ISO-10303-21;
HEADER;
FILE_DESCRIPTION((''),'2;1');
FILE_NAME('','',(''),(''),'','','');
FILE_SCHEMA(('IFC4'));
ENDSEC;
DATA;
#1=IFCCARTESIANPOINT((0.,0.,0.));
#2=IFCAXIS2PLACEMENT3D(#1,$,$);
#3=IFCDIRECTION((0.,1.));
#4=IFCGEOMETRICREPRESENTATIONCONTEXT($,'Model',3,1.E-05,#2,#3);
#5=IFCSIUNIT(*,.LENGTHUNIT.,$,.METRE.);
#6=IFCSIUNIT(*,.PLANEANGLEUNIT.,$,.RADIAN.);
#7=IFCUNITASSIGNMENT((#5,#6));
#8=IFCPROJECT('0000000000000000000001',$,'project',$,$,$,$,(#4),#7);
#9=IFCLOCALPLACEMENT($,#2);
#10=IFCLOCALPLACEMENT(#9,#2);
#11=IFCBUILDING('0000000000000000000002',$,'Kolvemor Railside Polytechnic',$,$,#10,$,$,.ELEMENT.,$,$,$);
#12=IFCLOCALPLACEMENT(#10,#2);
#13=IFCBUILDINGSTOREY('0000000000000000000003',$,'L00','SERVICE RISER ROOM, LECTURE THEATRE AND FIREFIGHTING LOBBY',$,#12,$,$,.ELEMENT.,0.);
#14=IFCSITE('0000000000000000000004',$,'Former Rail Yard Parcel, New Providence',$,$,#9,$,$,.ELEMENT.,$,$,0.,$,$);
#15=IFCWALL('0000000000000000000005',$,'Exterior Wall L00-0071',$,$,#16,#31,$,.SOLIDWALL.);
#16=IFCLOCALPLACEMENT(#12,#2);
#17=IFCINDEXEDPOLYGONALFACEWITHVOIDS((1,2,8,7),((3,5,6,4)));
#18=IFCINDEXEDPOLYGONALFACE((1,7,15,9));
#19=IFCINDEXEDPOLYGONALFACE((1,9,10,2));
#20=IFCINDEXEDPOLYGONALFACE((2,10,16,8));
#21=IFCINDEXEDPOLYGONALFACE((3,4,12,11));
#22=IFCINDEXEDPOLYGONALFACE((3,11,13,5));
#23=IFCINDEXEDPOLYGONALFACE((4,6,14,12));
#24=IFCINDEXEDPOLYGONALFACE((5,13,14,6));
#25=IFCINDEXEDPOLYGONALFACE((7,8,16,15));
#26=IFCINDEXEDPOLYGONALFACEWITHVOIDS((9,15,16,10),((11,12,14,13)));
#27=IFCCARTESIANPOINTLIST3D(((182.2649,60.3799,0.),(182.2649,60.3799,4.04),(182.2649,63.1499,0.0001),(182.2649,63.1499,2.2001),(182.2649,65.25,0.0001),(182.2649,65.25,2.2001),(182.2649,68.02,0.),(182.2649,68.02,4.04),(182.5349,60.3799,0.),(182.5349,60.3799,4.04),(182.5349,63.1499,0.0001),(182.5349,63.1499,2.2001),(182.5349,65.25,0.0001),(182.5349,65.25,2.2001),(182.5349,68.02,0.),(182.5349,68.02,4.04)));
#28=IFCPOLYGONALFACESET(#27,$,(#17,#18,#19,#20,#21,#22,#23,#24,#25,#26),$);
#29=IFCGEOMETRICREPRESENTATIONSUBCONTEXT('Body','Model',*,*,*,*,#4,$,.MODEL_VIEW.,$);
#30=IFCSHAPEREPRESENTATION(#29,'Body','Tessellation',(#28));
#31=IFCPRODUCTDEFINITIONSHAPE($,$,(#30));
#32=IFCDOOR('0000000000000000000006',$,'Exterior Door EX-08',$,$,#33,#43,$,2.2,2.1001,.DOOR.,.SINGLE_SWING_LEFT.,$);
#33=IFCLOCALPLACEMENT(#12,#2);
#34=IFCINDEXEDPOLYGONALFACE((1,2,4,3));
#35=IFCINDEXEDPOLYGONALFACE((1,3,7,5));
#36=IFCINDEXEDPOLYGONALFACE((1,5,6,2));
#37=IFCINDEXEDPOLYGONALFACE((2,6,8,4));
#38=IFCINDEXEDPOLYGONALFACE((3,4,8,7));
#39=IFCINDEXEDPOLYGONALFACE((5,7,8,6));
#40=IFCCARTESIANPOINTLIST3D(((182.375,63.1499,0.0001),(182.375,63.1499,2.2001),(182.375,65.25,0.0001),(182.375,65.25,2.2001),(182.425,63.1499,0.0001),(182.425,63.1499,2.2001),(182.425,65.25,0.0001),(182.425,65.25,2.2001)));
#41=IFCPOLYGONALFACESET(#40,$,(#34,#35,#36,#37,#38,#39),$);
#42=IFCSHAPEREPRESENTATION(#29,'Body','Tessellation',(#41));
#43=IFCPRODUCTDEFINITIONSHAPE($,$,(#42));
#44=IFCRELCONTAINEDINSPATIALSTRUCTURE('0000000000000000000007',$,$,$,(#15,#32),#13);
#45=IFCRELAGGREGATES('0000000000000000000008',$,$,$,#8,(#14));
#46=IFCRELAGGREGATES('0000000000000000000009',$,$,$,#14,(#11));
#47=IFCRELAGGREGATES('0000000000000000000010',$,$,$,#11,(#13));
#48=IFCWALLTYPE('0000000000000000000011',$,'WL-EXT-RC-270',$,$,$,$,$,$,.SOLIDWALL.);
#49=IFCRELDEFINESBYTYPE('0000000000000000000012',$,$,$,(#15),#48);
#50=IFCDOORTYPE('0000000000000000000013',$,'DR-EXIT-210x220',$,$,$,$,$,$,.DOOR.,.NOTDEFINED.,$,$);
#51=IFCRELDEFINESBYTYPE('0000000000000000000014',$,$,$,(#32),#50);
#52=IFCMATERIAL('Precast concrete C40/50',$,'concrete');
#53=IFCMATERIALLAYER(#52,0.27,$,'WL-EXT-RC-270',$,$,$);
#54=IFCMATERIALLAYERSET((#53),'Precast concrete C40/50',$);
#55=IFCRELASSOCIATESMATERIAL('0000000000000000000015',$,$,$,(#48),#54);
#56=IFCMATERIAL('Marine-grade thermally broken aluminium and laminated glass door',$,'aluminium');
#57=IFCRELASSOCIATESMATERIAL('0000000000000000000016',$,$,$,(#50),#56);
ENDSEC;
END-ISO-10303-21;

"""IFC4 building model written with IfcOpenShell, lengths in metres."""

from ifc_helpers import new_model, si_unit, direction, frame, frame_2d, origin, place, context, subcontext, project, spatial, rectangle, extrude, material, layer, layer_set, type_object, element, fill, save


model = new_model("IFC4")

# Units and contexts
model_context = context("Model", 3, precision=1e-05, world=origin(), true_north=direction((0.0, 1.0)))
body_context = subcontext(model_context, "Body", "Model", "MODEL_VIEW")
ifc_project = project(units=[si_unit("LENGTHUNIT", "METRE"), si_unit("PLANEANGLEUNIT", "RADIAN")], contexts=[model_context])

# Site, building, storey
site_placement = place(None, origin())
site = spatial("IfcSite", under=ifc_project, at=site_placement, Name="Former Rail Yard Parcel, New Providence", CompositionType="ELEMENT", RefElevation=0.0)
building_placement = place(site_placement, origin())
building = spatial("IfcBuilding", under=site, at=building_placement, Name="Kolvemor Railside Polytechnic", CompositionType="ELEMENT")
storey_placement = place(building_placement, origin())
storey = spatial("IfcBuildingStorey", under=building, at=storey_placement, Name="L00", Description="SERVICE RISER ROOM, LECTURE THEATRE AND FIREFIGHTING LOBBY", CompositionType="ELEMENT", Elevation=0.0)

# Wall, opening, door
ifc_material_1 = material(Name="Precast concrete C40/50", Category="concrete")
ifc_layer_1 = layer(ifc_material_1, 0.27, Name="WL-EXT-RC-270")
ifc_layer_set_1 = layer_set([ifc_layer_1], Name="Precast concrete C40/50")
wall_type = type_object("IfcWallType", Name="WL-EXT-RC-270", PredefinedType="SOLIDWALL", material=ifc_layer_set_1)
wall_placement = place(storey_placement, frame((182.3999, 60.3799, 0.0), z_axis=(0.0, 0.0, 1.0), x_axis=(0.0, 1.0, 0.0)))
wall = element("IfcWall", 1, at=wall_placement, inside=storey, type_object=wall_type, Name="Exterior Wall L00-0071", PredefinedType="SOLIDWALL", context=body_context, shape_type="SweptSolid", body=[
    extrude(rectangle(XDim=7.6401, YDim=0.27, at=frame_2d((3.8201, 0.0))), origin(), (0.0, 0.0, 1.0), 4.04),
])
opening_placement = place(wall_placement, frame((2.77, 0.0, 0.0)))
opening = element("IfcOpeningElement", 2, at=opening_placement, cuts=wall, PredefinedType="OPENING", context=body_context, shape_type="SweptSolid", body=[
    extrude(rectangle(XDim=2.1001, YDim=2.2, at=frame_2d((1.05, 1.1001))), frame((0.0, 0.145, 0.0), z_axis=(0.0, -1.0, 0.0), x_axis=(1.0, 0.0, 0.0)), (0.0, 0.0, 1.0), 0.29),
])
ifc_material_2 = material(Name="Marine-grade thermally broken aluminium and laminated glass door", Category="aluminium")
door_type = type_object("IfcDoorType", Name="DR-EXIT-210x220", OperationType="NOTDEFINED", PredefinedType="DOOR", material=ifc_material_2)
door_placement = place(opening_placement, origin())
door = element("IfcDoor", 3, at=door_placement, inside=storey, type_object=door_type, Name="Exterior Door EX-08", OperationType="SINGLE_SWING_LEFT", OverallHeight=2.2, OverallWidth=2.1001, PredefinedType="DOOR", context=body_context, shape_type="SweptSolid", body=[
    extrude(rectangle(XDim=2.1001, YDim=2.2, at=frame_2d((1.05, 1.1001))), frame((0.0, 0.0249, 0.0), z_axis=(0.0, -1.0, 0.0), x_axis=(1.0, 0.0, 0.0)), (0.0, 0.0, 1.0), 0.05),
])
fill(opening, door)

save(model, "model.ifc")
